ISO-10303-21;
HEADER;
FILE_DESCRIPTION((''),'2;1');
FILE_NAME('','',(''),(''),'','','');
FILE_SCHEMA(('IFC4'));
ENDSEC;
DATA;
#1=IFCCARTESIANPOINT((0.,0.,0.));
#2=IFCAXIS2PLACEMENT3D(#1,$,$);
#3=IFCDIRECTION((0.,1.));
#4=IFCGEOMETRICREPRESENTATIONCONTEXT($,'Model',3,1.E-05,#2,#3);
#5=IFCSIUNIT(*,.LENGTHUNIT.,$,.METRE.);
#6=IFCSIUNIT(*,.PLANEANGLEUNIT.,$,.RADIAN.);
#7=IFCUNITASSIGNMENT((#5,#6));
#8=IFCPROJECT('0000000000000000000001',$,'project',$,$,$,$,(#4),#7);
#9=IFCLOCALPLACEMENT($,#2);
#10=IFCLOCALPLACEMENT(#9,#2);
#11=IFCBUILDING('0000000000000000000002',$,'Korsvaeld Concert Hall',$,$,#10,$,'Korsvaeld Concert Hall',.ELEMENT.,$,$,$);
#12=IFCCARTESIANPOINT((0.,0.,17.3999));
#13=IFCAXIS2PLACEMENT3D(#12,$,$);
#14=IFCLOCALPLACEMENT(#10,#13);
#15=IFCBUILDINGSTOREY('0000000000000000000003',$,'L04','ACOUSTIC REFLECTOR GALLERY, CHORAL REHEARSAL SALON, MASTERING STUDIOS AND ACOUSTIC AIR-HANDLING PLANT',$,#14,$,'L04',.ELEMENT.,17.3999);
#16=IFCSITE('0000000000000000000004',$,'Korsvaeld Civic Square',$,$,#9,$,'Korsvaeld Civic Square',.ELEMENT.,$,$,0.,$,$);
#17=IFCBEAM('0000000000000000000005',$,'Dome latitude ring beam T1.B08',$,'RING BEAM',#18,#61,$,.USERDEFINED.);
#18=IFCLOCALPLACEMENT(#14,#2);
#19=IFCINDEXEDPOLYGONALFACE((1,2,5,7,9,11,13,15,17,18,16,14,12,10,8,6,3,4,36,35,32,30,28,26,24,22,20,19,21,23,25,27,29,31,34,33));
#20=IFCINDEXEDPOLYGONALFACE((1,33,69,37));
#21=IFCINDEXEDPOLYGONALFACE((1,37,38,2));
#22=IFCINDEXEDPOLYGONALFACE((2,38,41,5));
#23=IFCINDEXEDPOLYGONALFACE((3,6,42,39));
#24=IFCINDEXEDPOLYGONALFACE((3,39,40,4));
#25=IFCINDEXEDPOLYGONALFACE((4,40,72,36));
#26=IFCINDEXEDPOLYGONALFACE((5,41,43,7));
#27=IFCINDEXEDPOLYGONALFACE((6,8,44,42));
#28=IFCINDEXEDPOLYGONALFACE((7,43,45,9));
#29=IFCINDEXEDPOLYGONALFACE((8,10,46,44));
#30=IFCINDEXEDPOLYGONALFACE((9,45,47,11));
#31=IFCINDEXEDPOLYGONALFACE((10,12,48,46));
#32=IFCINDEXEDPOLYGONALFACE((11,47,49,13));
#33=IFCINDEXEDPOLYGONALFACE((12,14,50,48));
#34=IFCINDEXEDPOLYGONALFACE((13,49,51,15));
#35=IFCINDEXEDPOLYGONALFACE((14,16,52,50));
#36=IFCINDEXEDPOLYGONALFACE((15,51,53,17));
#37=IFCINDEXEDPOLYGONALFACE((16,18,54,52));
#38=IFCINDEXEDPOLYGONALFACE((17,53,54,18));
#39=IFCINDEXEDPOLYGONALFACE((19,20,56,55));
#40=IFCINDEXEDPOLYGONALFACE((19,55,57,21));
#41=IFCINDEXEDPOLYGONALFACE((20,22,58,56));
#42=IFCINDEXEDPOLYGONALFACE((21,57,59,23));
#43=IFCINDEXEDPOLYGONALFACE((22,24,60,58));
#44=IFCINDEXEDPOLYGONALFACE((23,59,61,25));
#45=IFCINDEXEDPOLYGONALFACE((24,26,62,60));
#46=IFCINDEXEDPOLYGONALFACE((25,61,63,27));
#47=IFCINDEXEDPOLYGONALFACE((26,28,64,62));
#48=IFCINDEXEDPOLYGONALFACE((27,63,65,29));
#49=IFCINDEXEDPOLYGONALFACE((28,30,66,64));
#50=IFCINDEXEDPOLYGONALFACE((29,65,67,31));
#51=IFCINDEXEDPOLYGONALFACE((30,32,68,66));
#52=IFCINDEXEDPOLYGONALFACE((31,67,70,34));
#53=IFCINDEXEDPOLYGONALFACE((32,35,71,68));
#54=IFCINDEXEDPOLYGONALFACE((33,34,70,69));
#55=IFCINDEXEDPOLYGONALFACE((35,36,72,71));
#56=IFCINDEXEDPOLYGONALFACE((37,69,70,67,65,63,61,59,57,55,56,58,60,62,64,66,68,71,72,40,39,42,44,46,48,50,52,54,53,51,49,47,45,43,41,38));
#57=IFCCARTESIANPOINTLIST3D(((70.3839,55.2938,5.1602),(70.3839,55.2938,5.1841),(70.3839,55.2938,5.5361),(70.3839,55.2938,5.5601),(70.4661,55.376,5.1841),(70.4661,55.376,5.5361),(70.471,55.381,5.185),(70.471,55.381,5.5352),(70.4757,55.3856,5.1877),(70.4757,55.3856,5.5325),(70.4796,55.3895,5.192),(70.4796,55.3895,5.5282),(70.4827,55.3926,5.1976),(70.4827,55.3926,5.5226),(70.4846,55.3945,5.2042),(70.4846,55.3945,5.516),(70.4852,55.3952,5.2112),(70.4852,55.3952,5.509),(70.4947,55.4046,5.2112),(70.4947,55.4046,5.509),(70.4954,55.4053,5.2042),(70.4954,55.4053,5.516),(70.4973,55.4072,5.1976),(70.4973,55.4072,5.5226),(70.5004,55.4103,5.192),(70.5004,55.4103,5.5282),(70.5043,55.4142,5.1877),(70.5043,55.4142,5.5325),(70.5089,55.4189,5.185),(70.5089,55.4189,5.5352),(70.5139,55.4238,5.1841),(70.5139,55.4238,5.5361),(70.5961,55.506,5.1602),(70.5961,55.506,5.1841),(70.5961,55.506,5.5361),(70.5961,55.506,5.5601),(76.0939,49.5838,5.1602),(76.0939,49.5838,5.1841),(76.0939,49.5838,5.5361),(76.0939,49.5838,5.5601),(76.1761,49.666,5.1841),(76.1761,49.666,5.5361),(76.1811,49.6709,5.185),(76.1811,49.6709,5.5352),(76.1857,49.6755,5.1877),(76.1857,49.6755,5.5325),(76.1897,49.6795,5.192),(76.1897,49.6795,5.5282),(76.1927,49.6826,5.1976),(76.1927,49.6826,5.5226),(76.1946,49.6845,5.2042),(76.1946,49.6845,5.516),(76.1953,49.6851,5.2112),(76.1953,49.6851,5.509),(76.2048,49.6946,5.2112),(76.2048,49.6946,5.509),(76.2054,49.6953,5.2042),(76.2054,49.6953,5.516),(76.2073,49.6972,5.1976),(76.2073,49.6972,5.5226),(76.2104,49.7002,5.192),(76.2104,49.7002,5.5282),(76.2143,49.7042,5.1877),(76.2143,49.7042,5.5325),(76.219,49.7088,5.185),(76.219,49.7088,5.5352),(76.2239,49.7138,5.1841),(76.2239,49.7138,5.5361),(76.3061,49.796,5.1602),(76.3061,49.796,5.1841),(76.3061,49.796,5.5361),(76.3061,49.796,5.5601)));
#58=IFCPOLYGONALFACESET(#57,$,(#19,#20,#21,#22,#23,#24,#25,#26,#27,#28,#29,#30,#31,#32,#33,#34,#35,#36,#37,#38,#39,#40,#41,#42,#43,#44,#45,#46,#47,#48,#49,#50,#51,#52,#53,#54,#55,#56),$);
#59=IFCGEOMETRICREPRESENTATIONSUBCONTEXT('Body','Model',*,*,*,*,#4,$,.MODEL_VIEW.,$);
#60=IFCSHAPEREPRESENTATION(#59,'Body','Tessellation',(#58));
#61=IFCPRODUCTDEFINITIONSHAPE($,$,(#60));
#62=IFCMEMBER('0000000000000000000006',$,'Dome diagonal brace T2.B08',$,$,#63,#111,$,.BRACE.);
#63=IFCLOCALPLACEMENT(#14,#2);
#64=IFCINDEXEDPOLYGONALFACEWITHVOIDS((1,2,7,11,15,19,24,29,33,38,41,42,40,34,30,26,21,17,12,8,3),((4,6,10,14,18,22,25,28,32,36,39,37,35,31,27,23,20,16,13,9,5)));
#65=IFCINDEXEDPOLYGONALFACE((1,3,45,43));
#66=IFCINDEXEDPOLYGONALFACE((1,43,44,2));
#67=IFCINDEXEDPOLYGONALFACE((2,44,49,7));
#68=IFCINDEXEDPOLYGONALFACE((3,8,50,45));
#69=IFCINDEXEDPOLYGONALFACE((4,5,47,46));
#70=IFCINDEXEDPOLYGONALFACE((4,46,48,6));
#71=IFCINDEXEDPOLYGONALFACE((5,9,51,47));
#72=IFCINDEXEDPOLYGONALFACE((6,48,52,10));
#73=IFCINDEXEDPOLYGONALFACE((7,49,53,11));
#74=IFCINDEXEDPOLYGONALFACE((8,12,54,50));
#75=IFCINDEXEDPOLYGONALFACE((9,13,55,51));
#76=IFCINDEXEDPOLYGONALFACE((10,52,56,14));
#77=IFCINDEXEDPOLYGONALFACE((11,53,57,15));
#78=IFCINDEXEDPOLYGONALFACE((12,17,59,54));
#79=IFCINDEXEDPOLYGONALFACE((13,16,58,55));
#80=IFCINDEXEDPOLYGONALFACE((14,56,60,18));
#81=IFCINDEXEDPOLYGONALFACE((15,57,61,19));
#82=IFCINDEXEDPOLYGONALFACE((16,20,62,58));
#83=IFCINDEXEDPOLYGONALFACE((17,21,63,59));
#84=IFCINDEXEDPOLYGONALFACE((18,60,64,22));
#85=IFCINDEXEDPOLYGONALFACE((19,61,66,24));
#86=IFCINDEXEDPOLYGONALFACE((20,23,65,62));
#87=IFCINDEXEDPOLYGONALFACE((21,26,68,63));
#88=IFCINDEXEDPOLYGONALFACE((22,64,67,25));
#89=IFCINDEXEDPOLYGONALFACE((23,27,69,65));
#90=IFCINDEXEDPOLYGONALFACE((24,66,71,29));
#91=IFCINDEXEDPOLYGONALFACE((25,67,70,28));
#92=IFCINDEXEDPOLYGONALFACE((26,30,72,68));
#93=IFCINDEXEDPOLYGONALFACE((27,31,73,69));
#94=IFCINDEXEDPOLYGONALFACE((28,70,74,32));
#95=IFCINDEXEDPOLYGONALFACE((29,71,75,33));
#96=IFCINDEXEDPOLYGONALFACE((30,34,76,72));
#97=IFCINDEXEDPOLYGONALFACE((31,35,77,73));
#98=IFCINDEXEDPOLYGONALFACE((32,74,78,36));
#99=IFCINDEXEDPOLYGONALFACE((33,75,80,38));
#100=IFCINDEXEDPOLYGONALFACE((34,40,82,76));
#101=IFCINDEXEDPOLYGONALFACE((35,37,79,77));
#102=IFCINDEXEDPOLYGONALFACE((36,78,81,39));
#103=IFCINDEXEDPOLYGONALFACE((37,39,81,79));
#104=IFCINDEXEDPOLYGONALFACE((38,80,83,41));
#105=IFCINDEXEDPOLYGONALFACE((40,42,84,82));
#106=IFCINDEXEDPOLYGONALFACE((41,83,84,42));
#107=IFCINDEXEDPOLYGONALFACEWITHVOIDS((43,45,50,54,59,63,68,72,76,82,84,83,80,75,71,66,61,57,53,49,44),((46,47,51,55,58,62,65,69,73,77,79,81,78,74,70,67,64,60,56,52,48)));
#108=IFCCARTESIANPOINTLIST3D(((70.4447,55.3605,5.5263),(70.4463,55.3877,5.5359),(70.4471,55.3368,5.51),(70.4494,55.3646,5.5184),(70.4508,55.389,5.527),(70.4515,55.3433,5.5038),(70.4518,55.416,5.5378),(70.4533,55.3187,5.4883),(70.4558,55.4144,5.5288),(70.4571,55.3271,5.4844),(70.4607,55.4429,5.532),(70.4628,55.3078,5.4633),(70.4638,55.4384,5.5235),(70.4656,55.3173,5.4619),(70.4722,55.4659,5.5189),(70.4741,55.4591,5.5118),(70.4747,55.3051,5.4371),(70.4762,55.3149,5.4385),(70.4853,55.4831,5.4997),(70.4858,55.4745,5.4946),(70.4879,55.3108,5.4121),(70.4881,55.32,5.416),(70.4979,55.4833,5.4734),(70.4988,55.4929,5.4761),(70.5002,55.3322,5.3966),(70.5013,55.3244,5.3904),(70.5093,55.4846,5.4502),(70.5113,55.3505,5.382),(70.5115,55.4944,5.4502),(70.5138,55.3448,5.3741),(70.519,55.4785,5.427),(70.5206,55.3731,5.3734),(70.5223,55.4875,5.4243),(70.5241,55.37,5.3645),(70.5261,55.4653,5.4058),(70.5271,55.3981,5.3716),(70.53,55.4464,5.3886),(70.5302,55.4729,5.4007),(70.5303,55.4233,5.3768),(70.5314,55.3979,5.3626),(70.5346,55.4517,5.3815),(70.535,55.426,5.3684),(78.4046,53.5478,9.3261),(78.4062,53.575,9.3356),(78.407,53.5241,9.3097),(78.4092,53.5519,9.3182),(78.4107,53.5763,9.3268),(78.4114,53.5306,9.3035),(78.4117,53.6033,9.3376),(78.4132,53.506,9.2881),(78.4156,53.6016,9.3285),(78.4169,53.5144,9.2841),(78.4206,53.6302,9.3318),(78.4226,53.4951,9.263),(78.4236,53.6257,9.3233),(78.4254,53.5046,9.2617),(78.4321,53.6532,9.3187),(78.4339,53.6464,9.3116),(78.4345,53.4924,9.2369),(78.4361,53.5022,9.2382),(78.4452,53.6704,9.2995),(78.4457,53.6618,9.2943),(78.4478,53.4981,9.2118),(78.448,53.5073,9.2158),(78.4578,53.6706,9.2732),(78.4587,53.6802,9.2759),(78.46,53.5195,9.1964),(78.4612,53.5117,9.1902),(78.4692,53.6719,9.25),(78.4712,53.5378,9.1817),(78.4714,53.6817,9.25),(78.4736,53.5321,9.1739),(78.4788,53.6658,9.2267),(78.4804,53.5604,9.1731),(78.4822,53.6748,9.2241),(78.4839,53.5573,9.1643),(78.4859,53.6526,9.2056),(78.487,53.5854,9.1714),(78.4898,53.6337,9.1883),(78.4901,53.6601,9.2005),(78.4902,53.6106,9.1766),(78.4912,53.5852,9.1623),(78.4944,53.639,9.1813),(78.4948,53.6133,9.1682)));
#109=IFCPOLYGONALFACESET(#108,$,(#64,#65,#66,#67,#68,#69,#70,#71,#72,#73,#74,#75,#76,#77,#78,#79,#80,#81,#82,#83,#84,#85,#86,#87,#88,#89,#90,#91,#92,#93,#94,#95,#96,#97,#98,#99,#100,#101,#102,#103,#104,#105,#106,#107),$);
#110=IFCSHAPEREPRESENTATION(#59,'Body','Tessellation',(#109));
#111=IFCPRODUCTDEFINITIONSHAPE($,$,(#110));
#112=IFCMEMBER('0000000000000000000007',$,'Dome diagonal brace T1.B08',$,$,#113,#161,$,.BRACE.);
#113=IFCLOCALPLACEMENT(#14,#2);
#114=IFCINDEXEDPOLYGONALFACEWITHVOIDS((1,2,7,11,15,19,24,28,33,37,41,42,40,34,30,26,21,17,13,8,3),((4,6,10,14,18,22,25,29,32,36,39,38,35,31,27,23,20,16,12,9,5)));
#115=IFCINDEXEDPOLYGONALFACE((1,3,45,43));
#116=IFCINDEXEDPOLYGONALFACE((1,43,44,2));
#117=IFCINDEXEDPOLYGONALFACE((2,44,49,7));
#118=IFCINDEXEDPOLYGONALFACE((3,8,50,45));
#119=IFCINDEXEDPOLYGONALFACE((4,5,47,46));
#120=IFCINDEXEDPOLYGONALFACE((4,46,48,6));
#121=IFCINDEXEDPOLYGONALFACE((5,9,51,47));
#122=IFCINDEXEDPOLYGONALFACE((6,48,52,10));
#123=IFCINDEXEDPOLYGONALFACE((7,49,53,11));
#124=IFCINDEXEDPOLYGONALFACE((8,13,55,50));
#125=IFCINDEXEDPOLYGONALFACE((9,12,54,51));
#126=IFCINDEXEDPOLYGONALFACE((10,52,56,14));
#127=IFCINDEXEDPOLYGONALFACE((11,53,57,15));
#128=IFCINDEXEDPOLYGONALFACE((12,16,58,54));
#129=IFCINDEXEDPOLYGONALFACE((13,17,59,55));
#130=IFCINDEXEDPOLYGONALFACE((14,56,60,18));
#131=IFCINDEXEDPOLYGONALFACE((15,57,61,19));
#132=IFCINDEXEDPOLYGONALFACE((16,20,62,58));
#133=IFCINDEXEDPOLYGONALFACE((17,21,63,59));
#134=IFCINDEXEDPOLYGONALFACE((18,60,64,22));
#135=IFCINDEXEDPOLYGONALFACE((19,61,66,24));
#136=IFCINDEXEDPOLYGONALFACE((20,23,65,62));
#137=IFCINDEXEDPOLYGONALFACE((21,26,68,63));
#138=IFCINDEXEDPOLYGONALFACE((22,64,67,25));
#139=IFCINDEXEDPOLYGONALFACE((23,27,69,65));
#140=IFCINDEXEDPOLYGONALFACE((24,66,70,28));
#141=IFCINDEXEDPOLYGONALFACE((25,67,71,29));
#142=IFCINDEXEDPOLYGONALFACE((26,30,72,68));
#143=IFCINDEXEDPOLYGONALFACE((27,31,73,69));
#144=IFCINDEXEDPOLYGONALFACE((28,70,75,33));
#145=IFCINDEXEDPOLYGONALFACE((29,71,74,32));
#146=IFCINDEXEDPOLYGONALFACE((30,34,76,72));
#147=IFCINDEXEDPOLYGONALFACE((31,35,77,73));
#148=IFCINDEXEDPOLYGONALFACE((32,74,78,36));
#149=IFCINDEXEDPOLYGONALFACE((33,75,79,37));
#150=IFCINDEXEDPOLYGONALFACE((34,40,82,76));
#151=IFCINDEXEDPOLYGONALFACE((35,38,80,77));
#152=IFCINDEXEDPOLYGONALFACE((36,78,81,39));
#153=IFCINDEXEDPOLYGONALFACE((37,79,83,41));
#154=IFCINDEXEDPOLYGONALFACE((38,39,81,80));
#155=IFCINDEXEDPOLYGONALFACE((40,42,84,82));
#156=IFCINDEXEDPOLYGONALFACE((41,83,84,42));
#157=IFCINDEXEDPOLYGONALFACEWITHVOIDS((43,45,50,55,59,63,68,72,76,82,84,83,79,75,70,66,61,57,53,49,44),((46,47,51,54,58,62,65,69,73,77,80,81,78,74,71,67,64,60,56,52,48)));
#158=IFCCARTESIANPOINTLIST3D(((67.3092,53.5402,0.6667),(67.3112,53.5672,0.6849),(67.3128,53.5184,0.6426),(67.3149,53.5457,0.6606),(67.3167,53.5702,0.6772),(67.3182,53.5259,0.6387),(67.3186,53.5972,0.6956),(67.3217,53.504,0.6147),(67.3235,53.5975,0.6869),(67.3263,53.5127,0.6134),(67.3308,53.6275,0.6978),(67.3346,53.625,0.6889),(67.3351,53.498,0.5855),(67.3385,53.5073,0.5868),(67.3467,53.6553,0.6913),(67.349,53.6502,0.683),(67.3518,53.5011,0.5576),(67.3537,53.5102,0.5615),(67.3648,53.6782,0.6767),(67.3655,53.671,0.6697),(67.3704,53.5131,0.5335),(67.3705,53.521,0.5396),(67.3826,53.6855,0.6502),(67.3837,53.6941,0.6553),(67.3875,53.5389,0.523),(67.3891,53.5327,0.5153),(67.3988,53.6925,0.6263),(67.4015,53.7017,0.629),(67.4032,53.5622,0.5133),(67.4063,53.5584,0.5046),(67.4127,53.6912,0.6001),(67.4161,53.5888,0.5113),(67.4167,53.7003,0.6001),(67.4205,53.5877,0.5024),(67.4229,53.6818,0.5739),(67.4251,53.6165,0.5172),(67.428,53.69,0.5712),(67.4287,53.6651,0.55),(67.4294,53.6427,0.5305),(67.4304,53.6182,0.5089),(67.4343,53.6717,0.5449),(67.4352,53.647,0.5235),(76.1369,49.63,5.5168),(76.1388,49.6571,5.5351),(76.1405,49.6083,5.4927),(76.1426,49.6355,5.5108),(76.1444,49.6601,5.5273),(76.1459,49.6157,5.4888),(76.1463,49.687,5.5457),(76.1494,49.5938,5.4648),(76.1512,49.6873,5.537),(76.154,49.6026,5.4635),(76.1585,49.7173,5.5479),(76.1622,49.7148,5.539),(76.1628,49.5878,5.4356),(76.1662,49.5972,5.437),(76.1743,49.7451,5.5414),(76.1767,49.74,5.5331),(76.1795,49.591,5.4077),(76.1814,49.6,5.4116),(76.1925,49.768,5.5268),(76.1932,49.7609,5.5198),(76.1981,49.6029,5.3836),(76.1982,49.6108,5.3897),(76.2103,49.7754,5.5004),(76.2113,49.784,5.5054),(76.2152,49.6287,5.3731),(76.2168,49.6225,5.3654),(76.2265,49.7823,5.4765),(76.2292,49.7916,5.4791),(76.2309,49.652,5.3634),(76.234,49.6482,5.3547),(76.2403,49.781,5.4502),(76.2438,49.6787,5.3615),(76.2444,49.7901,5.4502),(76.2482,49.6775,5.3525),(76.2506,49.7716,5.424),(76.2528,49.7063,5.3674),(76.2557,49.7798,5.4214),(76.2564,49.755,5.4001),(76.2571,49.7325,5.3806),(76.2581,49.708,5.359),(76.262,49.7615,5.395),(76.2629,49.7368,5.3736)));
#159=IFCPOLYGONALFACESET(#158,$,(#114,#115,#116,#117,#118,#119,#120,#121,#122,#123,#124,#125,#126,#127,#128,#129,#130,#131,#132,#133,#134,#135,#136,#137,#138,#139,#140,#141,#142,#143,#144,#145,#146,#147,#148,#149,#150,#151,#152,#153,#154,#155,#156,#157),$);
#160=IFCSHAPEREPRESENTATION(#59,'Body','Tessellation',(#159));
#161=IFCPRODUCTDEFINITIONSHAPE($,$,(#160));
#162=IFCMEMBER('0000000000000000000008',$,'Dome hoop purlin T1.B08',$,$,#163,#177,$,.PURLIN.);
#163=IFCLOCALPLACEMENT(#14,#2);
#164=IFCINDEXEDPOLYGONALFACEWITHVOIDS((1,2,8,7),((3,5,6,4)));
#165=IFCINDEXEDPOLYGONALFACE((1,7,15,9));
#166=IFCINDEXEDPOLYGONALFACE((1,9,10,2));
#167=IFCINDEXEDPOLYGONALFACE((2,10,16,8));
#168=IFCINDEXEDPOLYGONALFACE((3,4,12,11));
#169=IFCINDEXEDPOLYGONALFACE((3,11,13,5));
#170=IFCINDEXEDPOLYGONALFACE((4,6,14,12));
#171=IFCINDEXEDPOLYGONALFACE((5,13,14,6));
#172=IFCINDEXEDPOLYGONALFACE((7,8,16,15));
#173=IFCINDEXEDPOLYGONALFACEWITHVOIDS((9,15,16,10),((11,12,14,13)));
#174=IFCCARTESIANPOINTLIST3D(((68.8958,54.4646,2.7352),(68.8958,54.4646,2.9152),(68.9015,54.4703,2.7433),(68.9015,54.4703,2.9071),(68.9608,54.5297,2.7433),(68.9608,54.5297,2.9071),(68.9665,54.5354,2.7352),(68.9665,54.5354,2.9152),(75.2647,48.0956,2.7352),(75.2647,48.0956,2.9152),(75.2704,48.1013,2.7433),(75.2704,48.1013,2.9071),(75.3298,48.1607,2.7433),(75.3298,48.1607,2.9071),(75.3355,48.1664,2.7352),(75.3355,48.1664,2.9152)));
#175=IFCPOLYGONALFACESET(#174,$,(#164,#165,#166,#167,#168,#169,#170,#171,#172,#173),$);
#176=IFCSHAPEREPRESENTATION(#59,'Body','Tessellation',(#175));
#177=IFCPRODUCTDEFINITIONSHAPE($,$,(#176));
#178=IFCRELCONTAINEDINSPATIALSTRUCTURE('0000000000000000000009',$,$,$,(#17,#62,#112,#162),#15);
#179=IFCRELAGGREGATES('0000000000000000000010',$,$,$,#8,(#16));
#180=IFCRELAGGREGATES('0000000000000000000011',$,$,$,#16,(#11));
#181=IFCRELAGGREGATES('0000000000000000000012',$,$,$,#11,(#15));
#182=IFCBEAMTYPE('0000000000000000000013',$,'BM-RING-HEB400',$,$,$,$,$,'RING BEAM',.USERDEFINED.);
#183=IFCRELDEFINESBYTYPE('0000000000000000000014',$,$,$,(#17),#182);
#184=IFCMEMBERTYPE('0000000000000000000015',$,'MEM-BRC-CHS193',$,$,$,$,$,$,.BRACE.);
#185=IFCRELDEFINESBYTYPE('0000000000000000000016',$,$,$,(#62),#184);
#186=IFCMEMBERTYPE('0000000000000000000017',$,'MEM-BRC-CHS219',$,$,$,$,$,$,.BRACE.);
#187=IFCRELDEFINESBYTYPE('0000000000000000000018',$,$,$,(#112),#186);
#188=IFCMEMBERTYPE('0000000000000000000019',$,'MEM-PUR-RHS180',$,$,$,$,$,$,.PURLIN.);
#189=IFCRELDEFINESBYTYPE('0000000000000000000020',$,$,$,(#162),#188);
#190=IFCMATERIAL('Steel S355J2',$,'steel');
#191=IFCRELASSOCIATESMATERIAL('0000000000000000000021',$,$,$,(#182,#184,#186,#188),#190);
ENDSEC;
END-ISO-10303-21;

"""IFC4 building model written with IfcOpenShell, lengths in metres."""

from ifc_helpers import new_model, si_unit, direction, frame, origin, origin_2d, place, context, subcontext, project, spatial, hollow_rectangle, hollow_circle, i_section, extrude, material, material_profile, profile_set, type_object, element, save


model = new_model("IFC4")

# Units and contexts
model_context = context("Model", 3, precision=1e-05, world=origin(), true_north=direction((0.0, 1.0)))
body_context = subcontext(model_context, "Body", "Model", "MODEL_VIEW")
ifc_project = project(units=[si_unit("LENGTHUNIT", "METRE"), si_unit("PLANEANGLEUNIT", "RADIAN")], contexts=[model_context])

# Site, building, storey
site_placement = place(None, origin())
site = spatial("IfcSite", under=ifc_project, at=site_placement, Name="Korsvaeld Civic Square", LongName="Korsvaeld Civic Square", CompositionType="ELEMENT", RefElevation=0.0)
building_placement = place(site_placement, origin())
building = spatial("IfcBuilding", under=site, at=building_placement, Name="Korsvaeld Concert Hall", LongName="Korsvaeld Concert Hall", CompositionType="ELEMENT")
storey_placement = place(building_placement, frame((0.0, 0.0, 17.3999)))
storey = spatial("IfcBuildingStorey", under=building, at=storey_placement, Name="L04", Description="ACOUSTIC REFLECTOR GALLERY, CHORAL REHEARSAL SALON, MASTERING STUDIOS AND ACOUSTIC AIR-HANDLING PLANT", LongName="L04", CompositionType="ELEMENT", Elevation=17.3999)

# Beam
ifc_material_1 = material(Name="Steel S355J2", Category="steel")
ifc_material_profile_1 = material_profile(ifc_material_1, i_section(OverallWidth=0.3, OverallDepth=0.3999, WebThickness=0.0134, FlangeThickness=0.0239, FilletRadius=0.0271, at=origin_2d()), Name="HEB 400")
ifc_profile_set_1 = profile_set([ifc_material_profile_1], Name="Steel S355J2")
beam_type = type_object("IfcBeamType", Name="BM-RING-HEB400", ElementType="RING BEAM", PredefinedType="USERDEFINED", material=ifc_profile_set_1)
beam_placement = place(storey_placement, frame((70.49, 55.3999, 5.3601), z_axis=(0.707107, -0.707107, 0.0), x_axis=(0.707107, 0.707107, 0.0)))
element("IfcBeam", 1, at=beam_placement, inside=storey, type_object=beam_type, Name="Dome latitude ring beam T1.B08", ObjectType="RING BEAM", PredefinedType="USERDEFINED", context=body_context, shape_type="SweptSolid", body=[
    extrude(i_section(OverallWidth=0.3, OverallDepth=0.3999, WebThickness=0.0134, FlangeThickness=0.0239, FilletRadius=0.0271, at=origin_2d()), origin(), (0.0, 0.0, 1.0), 8.0752),
])

# Members
ifc_material_profile_2 = material_profile(ifc_material_1, hollow_circle(Radius=0.0969, WallThickness=0.01, at=origin_2d()), Name="CHS 193.7x10")
ifc_profile_set_2 = profile_set([ifc_material_profile_2], Name="Steel S355J2")
member_type_1 = type_object("IfcMemberType", Name="MEM-BRC-CHS193", PredefinedType="BRACE", material=ifc_profile_set_2)
member_1_placement = place(storey_placement, frame((70.49, 55.3999, 5.4502), z_axis=(0.883973, -0.20131, 0.421978), x_axis=(0.222048, 0.975036, 0.0)))
element("IfcMember", 2, at=member_1_placement, inside=storey, type_object=member_type_1, Name="Dome diagonal brace T2.B08", PredefinedType="BRACE", context=body_context, shape_type="SweptSolid", body=[
    extrude(hollow_circle(Radius=0.0969, WallThickness=0.01, at=origin_2d()), origin(), (0.0, 0.0, 1.0), 9.0046),
])
ifc_material_profile_3 = material_profile(ifc_material_1, hollow_circle(Radius=0.1096, WallThickness=0.01, at=origin_2d()), Name="CHS 219.1x10")
ifc_profile_set_3 = profile_set([ifc_material_profile_3], Name="Steel S355J2")
member_type_2 = type_object("IfcMemberType", Name="MEM-BRC-CHS219", PredefinedType="BRACE", material=ifc_profile_set_3)
member_2_placement = place(storey_placement, frame((67.3723, 53.6001, 0.6001), z_axis=(0.817024, -0.361896, 0.448891), x_axis=(0.404993, 0.91432, 0.0)))
element("IfcMember", 3, at=member_2_placement, inside=storey, type_object=member_type_2, Name="Dome diagonal brace T1.B08", PredefinedType="BRACE", context=body_context, shape_type="SweptSolid", body=[
    extrude(hollow_circle(Radius=0.1096, WallThickness=0.01, at=origin_2d()), origin(), (0.0, 0.0, 1.0), 10.8047),
])
ifc_material_profile_4 = material_profile(ifc_material_1, hollow_rectangle(XDim=0.1001, YDim=0.1799, WallThickness=0.0081, at=origin_2d()), Name="RHS 180x100x8")
ifc_profile_set_4 = profile_set([ifc_material_profile_4], Name="Steel S355J2")
member_type_3 = type_object("IfcMemberType", Name="MEM-PUR-RHS180", PredefinedType="PURLIN", material=ifc_profile_set_4)
member_3_placement = place(storey_placement, frame((68.9312, 54.5, 2.8252), z_axis=(0.707107, -0.707107, 0.0), x_axis=(0.707107, 0.707107, 0.0)))
element("IfcMember", 4, at=member_3_placement, inside=storey, type_object=member_type_3, Name="Dome hoop purlin T1.B08", PredefinedType="PURLIN", context=body_context, shape_type="SweptSolid", body=[
    extrude(hollow_rectangle(XDim=0.1001, YDim=0.1799, WallThickness=0.0081, at=origin_2d()), origin(), (0.0, 0.0, 1.0), 9.0071),
])

save(model, "model.ifc")
